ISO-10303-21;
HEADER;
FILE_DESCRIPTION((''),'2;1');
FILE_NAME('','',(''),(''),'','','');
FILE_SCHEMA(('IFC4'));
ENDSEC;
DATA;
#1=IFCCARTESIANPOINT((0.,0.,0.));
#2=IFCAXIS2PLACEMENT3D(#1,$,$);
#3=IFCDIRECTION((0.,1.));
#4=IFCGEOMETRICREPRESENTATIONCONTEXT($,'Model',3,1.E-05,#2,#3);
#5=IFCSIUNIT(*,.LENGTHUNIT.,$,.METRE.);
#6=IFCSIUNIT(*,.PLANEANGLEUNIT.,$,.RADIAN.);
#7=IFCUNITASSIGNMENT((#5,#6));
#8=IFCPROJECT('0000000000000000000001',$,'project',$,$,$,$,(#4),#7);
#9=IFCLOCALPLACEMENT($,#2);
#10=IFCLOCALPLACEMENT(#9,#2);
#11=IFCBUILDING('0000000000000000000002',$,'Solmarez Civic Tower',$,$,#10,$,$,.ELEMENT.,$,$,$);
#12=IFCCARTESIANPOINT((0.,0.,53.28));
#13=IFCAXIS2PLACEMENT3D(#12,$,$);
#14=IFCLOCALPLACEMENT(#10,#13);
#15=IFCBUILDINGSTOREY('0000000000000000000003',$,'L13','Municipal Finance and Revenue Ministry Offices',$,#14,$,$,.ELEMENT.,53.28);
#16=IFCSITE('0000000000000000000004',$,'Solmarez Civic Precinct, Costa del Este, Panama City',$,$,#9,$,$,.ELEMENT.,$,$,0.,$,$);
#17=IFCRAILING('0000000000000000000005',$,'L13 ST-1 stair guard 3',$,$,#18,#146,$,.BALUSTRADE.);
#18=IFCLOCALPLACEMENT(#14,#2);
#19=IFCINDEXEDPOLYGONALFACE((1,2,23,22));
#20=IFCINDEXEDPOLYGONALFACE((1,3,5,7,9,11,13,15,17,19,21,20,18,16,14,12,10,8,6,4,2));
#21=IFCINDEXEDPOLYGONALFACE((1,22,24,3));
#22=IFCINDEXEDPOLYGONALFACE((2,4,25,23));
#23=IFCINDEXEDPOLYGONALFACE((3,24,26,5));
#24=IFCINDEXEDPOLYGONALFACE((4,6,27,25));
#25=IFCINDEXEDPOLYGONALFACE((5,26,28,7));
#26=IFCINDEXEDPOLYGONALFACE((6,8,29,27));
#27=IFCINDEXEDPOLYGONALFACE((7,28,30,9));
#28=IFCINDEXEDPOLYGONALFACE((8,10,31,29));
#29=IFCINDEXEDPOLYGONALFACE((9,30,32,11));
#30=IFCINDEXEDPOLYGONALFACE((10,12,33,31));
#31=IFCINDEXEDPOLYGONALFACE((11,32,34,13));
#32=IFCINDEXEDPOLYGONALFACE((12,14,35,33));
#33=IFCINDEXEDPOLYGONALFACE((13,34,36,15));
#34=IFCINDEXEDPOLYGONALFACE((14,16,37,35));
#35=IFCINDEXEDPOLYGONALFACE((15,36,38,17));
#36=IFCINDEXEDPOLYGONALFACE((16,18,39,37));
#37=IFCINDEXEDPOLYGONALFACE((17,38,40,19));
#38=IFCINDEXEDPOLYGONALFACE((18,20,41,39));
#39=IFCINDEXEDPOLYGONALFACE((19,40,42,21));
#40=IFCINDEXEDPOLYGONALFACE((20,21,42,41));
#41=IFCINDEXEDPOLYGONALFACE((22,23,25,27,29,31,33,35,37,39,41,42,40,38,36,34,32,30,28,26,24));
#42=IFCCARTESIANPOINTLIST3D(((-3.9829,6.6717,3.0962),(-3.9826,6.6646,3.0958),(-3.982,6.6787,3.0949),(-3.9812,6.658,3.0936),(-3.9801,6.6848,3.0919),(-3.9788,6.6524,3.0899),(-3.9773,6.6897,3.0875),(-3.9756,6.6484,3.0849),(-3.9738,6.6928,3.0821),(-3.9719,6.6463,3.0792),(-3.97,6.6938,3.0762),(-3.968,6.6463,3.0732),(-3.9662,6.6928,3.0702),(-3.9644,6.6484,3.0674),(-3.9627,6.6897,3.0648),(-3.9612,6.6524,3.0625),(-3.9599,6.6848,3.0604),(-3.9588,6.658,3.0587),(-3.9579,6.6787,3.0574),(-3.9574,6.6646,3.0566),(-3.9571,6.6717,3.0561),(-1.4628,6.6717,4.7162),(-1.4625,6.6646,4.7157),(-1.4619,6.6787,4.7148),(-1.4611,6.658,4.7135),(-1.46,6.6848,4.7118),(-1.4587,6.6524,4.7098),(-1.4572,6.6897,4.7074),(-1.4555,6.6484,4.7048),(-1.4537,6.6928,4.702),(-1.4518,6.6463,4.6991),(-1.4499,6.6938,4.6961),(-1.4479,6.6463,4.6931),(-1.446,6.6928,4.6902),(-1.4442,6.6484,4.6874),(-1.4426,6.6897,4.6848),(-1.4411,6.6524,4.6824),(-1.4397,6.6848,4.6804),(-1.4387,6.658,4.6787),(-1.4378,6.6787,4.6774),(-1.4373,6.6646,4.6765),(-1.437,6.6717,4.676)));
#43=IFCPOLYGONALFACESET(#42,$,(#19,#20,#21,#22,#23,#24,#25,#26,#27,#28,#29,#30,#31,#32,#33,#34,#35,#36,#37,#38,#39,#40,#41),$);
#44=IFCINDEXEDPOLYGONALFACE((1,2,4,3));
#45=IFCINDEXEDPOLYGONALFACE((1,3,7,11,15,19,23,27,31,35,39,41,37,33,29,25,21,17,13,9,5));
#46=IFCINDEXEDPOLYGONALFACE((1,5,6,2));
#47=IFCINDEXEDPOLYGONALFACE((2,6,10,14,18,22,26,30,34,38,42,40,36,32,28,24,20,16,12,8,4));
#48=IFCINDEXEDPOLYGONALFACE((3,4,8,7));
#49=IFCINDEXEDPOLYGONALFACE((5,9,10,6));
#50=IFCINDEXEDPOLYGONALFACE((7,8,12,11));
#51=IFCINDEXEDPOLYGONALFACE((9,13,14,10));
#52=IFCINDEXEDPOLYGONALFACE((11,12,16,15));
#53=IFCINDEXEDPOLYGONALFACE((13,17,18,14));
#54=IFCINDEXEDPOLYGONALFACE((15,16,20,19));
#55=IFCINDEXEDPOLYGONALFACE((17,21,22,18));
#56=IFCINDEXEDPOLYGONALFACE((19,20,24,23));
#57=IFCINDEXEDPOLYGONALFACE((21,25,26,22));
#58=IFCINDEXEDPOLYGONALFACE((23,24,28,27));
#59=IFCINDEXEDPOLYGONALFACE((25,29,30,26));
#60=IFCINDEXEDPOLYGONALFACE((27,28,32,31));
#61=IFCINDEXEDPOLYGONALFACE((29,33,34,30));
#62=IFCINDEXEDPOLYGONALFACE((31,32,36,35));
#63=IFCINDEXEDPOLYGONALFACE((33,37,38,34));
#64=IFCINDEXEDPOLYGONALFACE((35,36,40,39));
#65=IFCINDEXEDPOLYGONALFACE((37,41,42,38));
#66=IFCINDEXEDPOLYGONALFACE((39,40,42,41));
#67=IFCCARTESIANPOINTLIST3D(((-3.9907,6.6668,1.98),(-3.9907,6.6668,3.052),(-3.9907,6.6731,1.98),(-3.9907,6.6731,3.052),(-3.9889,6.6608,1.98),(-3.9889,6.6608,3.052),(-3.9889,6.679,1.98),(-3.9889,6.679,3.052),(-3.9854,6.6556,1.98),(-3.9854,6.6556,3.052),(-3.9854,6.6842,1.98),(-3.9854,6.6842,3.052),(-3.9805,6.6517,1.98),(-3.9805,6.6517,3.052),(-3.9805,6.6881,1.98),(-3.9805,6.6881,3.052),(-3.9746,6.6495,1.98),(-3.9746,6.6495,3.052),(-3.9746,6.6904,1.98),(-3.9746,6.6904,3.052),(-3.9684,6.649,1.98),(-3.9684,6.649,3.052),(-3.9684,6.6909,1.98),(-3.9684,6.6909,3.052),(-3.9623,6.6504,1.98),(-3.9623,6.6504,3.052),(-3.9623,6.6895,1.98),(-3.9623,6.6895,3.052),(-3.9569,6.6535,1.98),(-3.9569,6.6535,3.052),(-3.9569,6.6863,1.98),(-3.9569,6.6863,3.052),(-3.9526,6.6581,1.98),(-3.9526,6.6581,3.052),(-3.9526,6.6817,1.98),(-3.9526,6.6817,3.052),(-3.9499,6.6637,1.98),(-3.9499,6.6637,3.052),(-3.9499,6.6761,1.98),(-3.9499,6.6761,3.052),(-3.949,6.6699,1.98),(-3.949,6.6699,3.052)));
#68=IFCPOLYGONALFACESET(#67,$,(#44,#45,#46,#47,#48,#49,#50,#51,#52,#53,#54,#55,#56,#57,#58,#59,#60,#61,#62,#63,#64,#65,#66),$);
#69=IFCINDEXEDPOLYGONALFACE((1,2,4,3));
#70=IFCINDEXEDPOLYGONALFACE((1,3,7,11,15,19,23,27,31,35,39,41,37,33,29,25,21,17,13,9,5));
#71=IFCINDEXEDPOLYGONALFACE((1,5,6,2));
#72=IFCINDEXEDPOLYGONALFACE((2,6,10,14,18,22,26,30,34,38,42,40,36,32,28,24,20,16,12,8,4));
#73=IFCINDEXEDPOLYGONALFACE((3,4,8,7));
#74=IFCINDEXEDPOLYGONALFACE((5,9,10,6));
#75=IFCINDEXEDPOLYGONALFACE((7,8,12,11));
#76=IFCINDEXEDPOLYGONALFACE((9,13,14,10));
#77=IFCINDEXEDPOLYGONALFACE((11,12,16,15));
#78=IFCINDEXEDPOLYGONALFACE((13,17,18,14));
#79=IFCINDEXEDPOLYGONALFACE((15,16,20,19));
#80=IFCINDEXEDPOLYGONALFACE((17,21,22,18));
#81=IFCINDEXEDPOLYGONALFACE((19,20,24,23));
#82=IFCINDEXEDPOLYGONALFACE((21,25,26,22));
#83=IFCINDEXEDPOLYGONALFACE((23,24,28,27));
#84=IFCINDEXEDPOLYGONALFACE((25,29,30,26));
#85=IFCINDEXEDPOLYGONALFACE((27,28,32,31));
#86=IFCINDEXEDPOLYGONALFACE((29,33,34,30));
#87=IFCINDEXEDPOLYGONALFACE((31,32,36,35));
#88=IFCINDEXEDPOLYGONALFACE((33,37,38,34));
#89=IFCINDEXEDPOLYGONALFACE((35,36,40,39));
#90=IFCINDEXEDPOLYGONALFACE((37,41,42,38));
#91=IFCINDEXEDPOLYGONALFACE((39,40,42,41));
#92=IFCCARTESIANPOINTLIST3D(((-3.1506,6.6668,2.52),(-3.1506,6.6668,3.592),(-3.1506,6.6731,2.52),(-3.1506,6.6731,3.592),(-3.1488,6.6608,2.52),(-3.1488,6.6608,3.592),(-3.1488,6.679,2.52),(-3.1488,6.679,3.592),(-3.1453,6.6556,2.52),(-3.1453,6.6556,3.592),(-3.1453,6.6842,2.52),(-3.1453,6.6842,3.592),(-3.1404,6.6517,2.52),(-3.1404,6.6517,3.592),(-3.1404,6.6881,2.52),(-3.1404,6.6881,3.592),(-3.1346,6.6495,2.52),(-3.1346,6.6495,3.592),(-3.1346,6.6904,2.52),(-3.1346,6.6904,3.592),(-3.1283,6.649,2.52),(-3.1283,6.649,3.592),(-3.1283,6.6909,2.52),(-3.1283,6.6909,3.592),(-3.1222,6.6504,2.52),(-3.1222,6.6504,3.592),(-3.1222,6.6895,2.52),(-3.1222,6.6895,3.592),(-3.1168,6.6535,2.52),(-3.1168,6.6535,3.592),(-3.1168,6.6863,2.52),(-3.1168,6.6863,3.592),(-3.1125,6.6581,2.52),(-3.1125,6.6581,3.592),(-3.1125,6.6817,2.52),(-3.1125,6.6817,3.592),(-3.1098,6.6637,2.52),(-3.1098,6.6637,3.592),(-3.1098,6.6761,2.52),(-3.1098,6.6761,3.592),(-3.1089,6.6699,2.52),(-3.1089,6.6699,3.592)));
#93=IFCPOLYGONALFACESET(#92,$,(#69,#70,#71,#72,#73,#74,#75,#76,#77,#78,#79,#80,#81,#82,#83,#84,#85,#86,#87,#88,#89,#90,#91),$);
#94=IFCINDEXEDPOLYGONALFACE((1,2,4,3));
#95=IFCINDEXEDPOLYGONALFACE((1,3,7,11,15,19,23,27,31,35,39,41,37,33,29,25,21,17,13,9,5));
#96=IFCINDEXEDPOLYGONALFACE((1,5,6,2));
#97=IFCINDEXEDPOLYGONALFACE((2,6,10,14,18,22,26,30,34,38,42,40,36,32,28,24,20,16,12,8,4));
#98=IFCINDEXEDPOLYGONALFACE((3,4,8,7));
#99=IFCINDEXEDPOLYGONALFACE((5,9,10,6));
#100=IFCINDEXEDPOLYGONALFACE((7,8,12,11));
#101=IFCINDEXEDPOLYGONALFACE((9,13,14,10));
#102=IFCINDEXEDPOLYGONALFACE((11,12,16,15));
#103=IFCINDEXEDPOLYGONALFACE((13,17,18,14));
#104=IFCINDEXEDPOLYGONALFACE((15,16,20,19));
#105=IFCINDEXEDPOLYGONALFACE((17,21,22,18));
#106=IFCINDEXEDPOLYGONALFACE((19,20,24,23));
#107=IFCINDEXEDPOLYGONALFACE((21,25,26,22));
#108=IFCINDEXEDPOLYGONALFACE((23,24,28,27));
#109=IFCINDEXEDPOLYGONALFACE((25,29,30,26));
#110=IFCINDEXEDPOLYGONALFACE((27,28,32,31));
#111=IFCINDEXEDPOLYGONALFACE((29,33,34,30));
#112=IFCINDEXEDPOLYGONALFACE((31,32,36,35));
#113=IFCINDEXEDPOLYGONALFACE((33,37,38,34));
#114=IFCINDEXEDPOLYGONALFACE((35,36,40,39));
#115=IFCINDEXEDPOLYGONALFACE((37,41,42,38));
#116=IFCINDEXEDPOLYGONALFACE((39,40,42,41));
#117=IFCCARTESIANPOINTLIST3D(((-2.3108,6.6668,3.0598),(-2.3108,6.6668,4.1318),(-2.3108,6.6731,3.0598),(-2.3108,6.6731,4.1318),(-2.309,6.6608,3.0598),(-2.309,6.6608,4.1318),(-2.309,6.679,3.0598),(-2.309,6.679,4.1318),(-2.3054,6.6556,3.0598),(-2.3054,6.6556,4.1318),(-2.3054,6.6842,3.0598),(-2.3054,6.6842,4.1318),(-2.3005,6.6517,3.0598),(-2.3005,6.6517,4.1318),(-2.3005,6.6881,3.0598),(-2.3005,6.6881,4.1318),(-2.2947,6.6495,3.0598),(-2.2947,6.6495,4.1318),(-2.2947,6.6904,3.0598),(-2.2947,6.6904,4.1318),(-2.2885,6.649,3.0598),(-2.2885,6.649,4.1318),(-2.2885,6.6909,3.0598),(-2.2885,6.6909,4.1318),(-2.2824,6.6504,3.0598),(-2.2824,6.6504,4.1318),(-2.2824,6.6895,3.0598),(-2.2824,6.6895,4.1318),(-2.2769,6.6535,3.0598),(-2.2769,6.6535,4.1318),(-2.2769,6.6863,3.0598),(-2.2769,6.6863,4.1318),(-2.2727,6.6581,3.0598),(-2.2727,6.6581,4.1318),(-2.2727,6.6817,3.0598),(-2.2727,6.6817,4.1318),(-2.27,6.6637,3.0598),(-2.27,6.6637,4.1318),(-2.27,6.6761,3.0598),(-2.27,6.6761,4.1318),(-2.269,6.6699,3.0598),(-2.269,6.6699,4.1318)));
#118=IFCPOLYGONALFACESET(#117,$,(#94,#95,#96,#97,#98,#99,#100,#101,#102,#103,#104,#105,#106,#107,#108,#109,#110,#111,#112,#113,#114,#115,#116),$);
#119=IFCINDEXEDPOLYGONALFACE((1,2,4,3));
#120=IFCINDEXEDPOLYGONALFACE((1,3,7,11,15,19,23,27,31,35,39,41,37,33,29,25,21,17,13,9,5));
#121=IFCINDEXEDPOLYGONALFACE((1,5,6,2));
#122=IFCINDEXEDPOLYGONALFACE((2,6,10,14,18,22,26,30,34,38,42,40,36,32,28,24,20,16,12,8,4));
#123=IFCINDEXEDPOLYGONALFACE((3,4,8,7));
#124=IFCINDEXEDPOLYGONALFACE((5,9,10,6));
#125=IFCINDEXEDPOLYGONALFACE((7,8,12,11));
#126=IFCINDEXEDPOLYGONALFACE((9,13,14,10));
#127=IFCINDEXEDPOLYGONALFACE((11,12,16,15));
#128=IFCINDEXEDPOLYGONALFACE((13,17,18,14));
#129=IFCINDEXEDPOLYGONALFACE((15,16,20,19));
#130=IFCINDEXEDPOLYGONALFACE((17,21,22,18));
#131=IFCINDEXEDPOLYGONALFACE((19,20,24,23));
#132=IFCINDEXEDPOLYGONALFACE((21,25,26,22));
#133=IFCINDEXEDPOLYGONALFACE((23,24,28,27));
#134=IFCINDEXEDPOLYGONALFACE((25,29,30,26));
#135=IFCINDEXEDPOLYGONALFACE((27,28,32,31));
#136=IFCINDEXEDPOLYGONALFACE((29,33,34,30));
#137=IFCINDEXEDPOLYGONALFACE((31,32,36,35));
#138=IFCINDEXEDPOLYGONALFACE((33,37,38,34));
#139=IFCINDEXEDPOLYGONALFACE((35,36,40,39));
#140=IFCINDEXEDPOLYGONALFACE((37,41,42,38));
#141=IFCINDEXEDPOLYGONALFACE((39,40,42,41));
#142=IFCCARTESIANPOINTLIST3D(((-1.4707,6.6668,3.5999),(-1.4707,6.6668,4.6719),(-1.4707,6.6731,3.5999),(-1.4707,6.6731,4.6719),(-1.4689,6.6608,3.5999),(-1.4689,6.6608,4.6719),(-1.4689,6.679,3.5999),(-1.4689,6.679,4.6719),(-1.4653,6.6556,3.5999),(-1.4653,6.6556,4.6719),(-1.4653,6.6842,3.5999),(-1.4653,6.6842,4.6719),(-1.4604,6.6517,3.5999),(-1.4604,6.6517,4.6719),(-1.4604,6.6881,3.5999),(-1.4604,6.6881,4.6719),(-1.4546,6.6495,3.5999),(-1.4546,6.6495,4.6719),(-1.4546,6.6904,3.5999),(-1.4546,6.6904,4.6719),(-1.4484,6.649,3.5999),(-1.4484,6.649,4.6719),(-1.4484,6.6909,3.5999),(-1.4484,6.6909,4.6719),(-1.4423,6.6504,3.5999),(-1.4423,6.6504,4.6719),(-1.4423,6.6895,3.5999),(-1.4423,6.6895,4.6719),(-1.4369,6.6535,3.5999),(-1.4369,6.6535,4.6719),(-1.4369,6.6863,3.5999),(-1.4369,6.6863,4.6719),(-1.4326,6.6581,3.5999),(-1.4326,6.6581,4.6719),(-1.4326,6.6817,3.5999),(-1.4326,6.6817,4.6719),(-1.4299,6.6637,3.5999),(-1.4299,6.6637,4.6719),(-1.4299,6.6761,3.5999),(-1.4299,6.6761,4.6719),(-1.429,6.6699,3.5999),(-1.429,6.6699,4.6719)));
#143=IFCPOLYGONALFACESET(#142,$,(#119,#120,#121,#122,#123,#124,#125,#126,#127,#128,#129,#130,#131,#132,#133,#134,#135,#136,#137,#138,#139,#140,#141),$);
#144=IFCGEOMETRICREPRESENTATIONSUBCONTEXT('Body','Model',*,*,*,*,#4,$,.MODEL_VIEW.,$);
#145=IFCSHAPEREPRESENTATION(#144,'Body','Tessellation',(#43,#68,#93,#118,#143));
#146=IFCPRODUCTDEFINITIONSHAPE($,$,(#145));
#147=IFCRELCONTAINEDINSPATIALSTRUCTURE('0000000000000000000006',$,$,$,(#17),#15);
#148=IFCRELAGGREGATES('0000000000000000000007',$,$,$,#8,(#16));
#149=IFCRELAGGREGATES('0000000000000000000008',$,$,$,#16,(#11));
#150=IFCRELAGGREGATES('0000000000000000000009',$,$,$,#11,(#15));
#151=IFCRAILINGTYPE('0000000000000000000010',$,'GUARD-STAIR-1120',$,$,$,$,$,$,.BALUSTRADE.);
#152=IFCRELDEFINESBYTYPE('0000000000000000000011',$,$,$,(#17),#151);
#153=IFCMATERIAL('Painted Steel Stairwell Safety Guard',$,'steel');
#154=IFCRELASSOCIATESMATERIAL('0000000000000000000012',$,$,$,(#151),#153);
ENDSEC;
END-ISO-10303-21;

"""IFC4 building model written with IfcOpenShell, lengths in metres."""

from ifc_helpers import new_model, si_unit, direction, frame, origin, origin_2d, place, context, subcontext, project, spatial, circle, extrude, material, type_object, element, save


model = new_model("IFC4")

# Units and contexts
model_context = context("Model", 3, precision=1e-05, world=origin(), true_north=direction((0.0, 1.0)))
body_context = subcontext(model_context, "Body", "Model", "MODEL_VIEW")
ifc_project = project(units=[si_unit("LENGTHUNIT", "METRE"), si_unit("PLANEANGLEUNIT", "RADIAN")], contexts=[model_context])

# Site, building, storey
site_placement = place(None, origin())
site = spatial("IfcSite", under=ifc_project, at=site_placement, Name="Solmarez Civic Precinct, Costa del Este, Panama City", CompositionType="ELEMENT", RefElevation=0.0)
building_placement = place(site_placement, origin())
building = spatial("IfcBuilding", under=site, at=building_placement, Name="Solmarez Civic Tower", CompositionType="ELEMENT")
storey_placement = place(building_placement, frame((0.0, 0.0, 53.28)))
storey = spatial("IfcBuildingStorey", under=building, at=storey_placement, Name="L13", Description="Municipal Finance and Revenue Ministry Offices", CompositionType="ELEMENT", Elevation=53.28)

# Railing
ifc_material_1 = material(Name="Painted Steel Stairwell Safety Guard", Category="steel")
railing_type_1 = type_object("IfcRailingType", Name="GUARD-STAIR-1120", PredefinedType="BALUSTRADE", material=ifc_material_1)
railing_1_placement = place(storey_placement, frame((-3.97, 6.6699, 1.98)))
element("IfcRailing", 1, at=railing_1_placement, inside=storey, type_object=railing_type_1, Name="L13 ST-1 stair guard 3", PredefinedType="BALUSTRADE", context=body_context, shape_type="SweptSolid", body=[
    extrude(circle(Radius=0.0239, at=origin_2d()), frame((0.0, 0.0, 1.0962), z_axis=(0.8412, 0.0, 0.540725), x_axis=(0.0, 1.0, 0.0)), (0.0, 0.0, 1.0), 2.9958),
    extrude(circle(Radius=0.021, at=origin_2d()), origin(), (0.0, 0.0, 1.0), 1.072),
    extrude(circle(Radius=0.021, at=origin_2d()), frame((0.8401, 0.0, 0.54)), (0.0, 0.0, 1.0), 1.072),
    extrude(circle(Radius=0.021, at=origin_2d()), frame((1.6799, 0.0, 1.0798)), (0.0, 0.0, 1.0), 1.072),
    extrude(circle(Radius=0.021, at=origin_2d()), frame((2.52, 0.0, 1.6199)), (0.0, 0.0, 1.0), 1.072),
])

save(model, "model.ifc")
